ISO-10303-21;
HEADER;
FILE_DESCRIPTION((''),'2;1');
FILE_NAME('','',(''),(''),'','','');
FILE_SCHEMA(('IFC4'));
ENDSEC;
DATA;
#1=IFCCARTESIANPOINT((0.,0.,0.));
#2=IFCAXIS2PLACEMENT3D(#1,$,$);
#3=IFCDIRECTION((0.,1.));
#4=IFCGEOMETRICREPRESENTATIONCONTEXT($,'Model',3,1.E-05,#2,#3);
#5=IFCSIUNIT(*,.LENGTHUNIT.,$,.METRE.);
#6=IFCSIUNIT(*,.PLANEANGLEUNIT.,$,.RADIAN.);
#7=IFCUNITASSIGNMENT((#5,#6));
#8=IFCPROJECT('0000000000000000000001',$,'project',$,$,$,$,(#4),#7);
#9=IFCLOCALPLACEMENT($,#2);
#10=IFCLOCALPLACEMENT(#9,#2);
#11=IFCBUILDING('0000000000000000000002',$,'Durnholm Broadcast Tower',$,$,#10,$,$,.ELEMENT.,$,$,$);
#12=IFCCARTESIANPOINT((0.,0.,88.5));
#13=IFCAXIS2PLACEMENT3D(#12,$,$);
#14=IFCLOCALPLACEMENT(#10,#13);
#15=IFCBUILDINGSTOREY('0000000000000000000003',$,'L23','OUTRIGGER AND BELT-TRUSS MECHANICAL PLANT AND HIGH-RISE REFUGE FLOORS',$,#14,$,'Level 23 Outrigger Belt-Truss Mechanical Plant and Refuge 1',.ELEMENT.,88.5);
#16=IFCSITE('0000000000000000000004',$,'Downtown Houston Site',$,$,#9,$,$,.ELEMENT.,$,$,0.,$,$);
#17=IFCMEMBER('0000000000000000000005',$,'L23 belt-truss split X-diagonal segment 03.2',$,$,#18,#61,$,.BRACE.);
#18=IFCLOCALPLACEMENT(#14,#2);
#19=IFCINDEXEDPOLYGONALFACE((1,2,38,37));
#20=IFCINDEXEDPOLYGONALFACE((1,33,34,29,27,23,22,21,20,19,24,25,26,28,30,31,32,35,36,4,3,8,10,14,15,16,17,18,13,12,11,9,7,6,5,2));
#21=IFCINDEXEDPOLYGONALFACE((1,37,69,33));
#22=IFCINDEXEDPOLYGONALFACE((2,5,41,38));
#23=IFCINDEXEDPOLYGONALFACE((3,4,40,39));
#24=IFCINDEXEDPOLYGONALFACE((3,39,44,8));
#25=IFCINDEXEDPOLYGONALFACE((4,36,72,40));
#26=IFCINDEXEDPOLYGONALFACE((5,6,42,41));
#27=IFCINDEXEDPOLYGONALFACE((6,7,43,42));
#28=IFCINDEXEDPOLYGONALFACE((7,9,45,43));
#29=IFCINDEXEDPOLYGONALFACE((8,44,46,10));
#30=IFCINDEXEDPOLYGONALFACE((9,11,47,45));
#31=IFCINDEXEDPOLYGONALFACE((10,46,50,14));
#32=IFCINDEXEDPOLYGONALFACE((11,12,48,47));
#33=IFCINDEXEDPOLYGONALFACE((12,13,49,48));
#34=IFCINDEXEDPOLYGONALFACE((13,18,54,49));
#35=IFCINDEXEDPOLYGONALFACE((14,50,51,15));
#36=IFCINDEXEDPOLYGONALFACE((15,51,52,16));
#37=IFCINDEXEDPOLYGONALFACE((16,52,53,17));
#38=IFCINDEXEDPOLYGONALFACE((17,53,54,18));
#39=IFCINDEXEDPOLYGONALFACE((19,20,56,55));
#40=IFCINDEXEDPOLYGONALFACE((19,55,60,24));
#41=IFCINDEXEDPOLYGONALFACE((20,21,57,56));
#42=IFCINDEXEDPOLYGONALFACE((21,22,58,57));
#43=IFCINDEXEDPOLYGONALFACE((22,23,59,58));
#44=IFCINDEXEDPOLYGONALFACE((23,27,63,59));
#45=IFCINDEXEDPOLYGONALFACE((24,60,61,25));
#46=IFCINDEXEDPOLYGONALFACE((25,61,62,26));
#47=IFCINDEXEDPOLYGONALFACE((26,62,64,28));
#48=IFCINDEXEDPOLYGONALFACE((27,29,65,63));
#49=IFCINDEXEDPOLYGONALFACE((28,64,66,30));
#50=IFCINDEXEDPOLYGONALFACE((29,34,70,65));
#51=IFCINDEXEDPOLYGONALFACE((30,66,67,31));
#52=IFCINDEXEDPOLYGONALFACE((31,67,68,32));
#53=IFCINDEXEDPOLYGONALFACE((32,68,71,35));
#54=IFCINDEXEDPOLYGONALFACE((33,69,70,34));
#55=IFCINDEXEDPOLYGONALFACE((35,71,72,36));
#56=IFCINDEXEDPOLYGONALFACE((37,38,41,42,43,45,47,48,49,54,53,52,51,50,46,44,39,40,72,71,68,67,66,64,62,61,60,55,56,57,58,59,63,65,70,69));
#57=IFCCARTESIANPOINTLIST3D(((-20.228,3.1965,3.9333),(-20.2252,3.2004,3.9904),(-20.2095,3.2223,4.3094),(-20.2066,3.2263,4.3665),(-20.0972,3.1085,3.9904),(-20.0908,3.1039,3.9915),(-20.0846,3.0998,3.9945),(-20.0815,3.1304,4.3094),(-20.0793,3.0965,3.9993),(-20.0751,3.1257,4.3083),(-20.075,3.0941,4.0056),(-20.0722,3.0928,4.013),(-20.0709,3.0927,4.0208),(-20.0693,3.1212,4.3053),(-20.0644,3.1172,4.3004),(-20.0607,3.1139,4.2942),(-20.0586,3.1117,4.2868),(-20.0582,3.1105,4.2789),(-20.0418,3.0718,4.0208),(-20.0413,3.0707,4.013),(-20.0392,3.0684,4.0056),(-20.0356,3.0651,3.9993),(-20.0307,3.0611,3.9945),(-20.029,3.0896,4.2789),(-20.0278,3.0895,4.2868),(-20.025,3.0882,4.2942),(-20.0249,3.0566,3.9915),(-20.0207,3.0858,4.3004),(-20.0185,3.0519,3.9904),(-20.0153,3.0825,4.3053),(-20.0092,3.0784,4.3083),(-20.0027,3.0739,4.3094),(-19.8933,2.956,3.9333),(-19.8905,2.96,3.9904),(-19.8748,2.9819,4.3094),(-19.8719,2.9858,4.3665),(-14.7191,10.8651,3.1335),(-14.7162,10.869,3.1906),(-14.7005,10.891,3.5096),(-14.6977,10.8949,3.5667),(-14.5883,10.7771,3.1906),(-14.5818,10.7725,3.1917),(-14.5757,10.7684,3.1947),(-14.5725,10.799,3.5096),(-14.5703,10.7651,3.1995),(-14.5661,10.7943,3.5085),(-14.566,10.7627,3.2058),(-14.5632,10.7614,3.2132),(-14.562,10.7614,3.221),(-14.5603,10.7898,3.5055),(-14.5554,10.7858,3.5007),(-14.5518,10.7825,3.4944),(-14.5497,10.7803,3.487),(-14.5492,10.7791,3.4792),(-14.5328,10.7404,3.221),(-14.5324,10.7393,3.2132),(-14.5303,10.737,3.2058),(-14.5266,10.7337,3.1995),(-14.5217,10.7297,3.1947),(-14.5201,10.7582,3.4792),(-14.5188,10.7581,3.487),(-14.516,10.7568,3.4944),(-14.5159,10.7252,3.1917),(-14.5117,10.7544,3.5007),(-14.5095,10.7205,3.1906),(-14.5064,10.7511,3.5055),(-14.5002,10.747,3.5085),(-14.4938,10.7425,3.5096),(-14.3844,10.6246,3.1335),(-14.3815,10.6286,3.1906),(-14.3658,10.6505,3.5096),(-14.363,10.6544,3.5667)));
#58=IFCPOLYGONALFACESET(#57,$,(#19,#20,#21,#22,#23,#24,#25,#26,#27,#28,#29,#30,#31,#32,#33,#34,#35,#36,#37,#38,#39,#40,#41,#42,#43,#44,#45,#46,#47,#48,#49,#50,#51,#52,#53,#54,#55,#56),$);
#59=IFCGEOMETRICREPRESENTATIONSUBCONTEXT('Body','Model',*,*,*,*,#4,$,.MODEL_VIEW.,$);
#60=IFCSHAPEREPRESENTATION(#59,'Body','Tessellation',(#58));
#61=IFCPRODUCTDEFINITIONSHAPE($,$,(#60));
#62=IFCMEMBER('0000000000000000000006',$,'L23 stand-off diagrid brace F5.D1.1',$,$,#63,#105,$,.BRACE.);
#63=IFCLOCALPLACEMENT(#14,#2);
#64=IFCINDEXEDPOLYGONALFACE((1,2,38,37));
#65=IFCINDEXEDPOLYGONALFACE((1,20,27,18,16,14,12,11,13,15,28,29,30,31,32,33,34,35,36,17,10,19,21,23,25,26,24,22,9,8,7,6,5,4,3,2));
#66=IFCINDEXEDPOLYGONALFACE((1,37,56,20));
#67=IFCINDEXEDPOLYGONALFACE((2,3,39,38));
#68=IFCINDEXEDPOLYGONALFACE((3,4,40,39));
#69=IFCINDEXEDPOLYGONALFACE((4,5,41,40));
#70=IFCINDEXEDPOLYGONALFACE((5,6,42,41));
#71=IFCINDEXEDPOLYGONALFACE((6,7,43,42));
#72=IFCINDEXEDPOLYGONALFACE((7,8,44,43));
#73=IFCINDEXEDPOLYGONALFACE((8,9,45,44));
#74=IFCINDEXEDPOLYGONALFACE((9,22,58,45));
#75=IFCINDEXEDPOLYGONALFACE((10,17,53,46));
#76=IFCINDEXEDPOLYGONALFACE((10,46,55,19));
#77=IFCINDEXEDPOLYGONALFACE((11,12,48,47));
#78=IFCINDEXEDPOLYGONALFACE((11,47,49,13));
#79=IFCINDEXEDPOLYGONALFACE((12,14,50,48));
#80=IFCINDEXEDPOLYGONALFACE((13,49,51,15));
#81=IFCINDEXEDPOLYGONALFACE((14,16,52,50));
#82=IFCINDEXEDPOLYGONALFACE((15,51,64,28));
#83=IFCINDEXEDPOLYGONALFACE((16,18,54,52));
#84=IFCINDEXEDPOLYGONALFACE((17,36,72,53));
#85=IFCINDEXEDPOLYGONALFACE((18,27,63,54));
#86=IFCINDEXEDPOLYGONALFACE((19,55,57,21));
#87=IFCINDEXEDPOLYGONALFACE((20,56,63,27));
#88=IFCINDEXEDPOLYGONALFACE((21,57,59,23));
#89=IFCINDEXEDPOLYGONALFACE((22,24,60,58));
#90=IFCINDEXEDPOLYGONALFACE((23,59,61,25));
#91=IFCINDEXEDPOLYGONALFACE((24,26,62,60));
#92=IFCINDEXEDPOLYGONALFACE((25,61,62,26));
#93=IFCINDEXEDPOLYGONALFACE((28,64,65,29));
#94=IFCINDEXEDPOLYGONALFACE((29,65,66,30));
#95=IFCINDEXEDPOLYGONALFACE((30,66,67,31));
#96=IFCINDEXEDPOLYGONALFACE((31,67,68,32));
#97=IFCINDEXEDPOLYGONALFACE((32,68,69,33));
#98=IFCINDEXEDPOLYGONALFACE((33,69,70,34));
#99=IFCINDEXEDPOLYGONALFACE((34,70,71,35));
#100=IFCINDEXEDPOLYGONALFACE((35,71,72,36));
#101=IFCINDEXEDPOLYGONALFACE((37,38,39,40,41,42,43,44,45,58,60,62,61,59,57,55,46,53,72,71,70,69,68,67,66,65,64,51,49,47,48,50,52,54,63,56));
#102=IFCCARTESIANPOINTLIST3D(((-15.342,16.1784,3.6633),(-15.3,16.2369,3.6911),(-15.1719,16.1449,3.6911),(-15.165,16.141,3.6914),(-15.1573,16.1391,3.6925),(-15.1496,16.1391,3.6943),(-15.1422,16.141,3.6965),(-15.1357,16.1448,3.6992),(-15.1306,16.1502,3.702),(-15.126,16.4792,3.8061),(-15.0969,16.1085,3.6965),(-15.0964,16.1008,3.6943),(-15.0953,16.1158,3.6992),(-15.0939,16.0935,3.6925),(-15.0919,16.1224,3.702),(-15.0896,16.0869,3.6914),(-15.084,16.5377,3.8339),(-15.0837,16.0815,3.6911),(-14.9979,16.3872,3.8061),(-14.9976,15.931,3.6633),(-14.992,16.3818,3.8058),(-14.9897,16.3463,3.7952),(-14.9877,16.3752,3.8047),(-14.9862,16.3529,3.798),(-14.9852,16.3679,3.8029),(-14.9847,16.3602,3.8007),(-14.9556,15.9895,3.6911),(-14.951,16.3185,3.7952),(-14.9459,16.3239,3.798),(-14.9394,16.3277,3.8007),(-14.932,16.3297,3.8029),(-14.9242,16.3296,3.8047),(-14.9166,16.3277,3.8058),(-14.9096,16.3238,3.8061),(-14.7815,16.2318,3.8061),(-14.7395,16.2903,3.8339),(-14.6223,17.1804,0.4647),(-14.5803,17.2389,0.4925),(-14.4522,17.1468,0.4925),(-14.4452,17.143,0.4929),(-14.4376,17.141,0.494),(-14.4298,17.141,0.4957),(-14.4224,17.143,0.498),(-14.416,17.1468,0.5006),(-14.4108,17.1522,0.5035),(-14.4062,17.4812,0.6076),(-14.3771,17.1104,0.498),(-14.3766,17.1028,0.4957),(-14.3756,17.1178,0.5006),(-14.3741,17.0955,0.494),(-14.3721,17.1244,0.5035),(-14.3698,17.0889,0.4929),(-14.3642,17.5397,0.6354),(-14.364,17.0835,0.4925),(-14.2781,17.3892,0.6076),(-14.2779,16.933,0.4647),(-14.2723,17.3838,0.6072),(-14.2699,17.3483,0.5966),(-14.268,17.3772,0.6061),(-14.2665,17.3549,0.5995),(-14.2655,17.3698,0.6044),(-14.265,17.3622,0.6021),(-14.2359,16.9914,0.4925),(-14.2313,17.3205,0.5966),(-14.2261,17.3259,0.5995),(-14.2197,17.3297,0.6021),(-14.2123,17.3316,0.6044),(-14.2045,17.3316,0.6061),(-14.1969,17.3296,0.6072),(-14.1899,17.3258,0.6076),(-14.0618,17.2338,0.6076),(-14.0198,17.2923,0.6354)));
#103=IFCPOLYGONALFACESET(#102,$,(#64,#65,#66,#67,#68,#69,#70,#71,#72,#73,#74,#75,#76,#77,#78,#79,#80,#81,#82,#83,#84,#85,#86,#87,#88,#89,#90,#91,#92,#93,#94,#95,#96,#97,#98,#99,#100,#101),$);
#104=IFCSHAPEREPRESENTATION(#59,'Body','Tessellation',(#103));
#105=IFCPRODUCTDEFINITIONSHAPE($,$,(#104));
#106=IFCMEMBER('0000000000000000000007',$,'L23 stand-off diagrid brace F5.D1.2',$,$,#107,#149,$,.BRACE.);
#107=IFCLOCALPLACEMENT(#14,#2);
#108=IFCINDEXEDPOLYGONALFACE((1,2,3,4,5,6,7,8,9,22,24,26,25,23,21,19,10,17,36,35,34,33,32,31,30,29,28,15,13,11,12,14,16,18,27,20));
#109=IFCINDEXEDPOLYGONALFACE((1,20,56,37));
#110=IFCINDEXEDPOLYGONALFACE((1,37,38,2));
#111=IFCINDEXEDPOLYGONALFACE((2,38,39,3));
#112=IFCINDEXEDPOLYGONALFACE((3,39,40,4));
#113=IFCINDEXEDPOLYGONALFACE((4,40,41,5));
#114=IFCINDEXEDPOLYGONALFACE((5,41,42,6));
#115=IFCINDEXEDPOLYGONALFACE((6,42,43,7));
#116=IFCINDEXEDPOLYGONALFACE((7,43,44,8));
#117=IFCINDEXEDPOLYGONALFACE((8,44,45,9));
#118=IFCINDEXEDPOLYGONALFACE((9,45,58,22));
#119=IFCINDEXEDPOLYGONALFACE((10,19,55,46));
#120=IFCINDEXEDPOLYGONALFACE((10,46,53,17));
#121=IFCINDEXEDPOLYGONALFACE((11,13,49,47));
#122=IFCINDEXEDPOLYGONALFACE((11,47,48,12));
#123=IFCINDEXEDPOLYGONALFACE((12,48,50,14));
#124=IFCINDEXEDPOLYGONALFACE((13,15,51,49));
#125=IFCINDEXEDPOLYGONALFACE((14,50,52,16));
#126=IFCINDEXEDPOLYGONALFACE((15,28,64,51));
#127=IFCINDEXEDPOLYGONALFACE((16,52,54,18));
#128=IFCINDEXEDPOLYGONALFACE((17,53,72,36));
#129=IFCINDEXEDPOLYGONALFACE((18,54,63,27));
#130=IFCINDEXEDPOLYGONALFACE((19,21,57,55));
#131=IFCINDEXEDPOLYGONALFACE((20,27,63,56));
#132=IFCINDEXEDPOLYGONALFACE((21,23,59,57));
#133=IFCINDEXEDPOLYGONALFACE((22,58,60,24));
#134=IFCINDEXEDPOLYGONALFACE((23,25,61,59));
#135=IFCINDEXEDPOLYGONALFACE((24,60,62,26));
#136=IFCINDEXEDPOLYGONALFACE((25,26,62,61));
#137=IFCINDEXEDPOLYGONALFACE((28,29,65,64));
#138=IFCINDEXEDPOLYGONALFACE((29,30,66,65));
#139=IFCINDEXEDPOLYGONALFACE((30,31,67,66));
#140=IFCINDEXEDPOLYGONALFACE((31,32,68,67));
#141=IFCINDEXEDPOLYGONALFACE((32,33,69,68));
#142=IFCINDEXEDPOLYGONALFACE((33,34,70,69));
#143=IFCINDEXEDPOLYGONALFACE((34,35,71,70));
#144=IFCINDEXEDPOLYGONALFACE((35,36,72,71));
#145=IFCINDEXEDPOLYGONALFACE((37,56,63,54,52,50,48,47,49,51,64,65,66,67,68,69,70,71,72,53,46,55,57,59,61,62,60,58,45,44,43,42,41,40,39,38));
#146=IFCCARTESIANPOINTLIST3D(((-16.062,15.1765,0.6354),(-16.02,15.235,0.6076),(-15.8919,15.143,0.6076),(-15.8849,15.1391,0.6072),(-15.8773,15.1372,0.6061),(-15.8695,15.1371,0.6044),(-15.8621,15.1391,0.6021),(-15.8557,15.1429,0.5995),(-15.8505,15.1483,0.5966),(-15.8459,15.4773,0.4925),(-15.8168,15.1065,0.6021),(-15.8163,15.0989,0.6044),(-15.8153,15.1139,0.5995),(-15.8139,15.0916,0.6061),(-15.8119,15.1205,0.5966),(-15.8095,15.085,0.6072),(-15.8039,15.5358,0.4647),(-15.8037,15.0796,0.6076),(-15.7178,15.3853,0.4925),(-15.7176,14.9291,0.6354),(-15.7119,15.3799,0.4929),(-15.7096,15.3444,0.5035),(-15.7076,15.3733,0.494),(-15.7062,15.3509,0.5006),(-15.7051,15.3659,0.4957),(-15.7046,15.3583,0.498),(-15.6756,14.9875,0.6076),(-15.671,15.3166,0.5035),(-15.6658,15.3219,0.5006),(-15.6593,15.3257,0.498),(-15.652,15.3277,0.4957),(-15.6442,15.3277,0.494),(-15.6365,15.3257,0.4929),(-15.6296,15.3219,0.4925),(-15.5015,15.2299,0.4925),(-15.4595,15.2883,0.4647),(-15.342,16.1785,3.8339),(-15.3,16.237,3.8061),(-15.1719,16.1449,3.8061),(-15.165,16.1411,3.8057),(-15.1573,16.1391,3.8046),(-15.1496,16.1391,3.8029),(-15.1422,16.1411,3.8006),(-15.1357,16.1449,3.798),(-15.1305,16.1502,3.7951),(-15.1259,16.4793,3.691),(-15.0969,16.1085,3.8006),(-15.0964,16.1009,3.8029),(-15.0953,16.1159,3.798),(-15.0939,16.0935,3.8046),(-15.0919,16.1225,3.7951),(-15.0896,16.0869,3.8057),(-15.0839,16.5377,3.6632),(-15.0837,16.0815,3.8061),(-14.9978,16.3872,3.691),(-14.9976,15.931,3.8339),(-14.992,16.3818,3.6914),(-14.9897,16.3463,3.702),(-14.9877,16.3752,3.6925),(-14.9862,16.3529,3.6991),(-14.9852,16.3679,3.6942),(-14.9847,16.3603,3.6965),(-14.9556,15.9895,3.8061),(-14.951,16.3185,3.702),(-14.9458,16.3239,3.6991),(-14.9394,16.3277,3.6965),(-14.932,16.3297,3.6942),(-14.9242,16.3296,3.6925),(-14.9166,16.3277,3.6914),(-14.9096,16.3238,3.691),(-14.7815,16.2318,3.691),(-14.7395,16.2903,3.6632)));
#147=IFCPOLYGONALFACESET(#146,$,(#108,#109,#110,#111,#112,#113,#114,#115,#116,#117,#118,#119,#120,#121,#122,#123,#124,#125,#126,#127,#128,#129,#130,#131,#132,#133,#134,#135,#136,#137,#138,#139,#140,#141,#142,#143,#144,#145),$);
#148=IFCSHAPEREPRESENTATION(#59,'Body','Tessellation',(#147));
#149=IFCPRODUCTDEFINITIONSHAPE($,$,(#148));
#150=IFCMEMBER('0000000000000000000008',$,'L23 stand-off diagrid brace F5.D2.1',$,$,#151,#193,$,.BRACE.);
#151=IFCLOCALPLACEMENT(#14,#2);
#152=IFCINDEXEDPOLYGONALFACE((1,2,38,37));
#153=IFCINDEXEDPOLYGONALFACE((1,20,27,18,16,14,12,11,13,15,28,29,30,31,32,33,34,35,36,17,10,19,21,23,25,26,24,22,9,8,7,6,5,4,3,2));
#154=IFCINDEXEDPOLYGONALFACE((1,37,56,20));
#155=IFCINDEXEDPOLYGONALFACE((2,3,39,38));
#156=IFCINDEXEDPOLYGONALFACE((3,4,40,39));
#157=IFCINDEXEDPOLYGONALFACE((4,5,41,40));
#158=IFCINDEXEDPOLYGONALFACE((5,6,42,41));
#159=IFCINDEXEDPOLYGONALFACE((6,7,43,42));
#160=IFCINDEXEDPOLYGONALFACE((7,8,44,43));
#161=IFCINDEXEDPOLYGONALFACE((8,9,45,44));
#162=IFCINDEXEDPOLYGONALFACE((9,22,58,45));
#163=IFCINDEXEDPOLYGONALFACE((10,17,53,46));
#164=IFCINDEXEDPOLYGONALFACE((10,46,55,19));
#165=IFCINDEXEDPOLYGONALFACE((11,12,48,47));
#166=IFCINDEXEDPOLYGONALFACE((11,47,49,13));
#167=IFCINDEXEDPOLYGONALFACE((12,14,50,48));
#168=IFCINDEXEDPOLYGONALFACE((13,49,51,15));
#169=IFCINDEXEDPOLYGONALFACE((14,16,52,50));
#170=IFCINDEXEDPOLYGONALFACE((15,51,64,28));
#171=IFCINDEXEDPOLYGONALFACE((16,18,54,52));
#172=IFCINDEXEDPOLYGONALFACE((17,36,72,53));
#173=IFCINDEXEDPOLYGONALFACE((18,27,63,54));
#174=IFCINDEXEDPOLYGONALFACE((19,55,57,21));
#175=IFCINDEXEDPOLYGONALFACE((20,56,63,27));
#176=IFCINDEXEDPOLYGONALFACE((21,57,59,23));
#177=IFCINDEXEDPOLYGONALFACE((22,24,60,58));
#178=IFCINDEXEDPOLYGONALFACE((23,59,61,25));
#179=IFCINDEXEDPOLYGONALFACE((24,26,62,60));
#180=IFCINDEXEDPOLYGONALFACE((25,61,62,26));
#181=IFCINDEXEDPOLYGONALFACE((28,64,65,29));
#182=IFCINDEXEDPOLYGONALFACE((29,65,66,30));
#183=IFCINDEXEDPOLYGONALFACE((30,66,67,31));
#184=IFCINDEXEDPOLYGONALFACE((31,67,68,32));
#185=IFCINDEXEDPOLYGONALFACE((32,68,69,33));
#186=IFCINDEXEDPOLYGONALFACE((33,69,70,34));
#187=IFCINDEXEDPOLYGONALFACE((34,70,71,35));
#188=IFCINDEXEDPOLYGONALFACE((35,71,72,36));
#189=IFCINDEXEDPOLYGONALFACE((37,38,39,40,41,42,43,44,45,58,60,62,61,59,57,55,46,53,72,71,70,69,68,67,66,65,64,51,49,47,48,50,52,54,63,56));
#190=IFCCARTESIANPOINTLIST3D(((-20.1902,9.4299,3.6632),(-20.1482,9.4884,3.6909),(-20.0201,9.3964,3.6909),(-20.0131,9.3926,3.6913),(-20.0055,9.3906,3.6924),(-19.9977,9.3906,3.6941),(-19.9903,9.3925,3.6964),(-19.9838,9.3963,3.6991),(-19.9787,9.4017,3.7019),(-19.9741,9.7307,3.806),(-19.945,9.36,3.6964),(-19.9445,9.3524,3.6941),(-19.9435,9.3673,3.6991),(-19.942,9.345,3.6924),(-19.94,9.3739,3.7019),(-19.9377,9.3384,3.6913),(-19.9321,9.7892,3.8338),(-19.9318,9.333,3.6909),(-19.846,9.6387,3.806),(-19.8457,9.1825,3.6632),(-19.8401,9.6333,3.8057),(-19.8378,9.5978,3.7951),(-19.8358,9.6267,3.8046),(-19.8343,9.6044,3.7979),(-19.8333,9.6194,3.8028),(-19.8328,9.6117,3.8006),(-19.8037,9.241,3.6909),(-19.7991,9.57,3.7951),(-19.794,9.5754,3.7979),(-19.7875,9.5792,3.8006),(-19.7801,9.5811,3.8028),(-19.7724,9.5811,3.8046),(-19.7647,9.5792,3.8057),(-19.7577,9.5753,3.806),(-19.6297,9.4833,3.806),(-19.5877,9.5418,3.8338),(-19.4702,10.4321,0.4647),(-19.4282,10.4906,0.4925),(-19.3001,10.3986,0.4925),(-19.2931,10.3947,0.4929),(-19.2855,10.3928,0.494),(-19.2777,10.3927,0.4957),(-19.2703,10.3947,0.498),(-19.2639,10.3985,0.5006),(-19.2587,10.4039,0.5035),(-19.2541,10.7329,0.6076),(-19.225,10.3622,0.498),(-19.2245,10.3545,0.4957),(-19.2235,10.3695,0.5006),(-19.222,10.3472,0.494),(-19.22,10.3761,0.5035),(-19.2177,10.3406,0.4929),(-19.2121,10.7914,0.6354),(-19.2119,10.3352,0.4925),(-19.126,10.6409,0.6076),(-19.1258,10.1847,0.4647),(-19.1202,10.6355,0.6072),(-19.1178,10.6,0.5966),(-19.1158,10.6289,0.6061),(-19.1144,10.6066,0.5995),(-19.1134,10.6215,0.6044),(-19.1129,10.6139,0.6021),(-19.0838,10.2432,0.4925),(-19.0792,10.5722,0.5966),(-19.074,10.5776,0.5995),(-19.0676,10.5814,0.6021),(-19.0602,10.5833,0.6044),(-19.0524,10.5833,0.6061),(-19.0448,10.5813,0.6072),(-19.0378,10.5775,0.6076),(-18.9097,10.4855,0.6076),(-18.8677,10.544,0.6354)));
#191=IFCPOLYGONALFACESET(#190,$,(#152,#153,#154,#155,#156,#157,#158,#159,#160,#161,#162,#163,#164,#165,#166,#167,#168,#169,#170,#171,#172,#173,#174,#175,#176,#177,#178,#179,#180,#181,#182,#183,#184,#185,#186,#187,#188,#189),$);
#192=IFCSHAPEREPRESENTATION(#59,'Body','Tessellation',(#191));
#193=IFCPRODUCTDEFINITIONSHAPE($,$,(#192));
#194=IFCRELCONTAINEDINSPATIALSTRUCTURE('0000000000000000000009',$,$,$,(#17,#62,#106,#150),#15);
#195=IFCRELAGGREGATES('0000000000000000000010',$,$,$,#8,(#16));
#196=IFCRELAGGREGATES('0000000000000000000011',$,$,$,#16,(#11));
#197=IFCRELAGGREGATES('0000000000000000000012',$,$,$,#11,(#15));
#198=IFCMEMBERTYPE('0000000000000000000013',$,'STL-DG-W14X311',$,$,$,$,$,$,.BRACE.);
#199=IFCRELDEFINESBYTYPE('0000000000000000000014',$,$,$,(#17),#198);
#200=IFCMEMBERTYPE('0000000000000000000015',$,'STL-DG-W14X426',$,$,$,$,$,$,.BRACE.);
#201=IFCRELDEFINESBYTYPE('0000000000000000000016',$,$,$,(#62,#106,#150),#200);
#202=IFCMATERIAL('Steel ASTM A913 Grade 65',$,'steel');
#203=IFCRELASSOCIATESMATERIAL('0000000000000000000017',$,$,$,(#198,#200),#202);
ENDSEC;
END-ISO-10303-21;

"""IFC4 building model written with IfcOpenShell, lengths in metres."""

from ifc_helpers import new_model, si_unit, direction, frame, origin, origin_2d, place, context, subcontext, project, spatial, i_section, extrude, source, transform, mapped, material, material_profile, profile_set, type_object, type_shapes, element, save


model = new_model("IFC4")

# Units and contexts
model_context = context("Model", 3, precision=1e-05, world=origin(), true_north=direction((0.0, 1.0)))
body_context = subcontext(model_context, "Body", "Model", "MODEL_VIEW")
ifc_project = project(units=[si_unit("LENGTHUNIT", "METRE"), si_unit("PLANEANGLEUNIT", "RADIAN")], contexts=[model_context])

# Site, building, storey
site_placement = place(None, origin())
site = spatial("IfcSite", under=ifc_project, at=site_placement, Name="Downtown Houston Site", CompositionType="ELEMENT", RefElevation=0.0)
building_placement = place(site_placement, origin())
building = spatial("IfcBuilding", under=site, at=building_placement, Name="Durnholm Broadcast Tower", CompositionType="ELEMENT")
storey_placement = place(building_placement, frame((0.0, 0.0, 88.5)))
storey = spatial("IfcBuildingStorey", under=building, at=storey_placement, Name="L23", Description="OUTRIGGER AND BELT-TRUSS MECHANICAL PLANT AND HIGH-RISE REFUGE FLOORS", LongName="Level 23 Outrigger Belt-Truss Mechanical Plant and Refuge 1", CompositionType="ELEMENT", Elevation=88.5)

# Members
ifc_material_1 = material(Name="Steel ASTM A913 Grade 65", Category="steel")
ifc_material_profile_1 = material_profile(ifc_material_1, i_section(OverallWidth=0.4121, OverallDepth=0.4348, WebThickness=0.0359, FlangeThickness=0.0574, FilletRadius=0.0305, at=origin_2d()), Name="W14X311")
ifc_profile_set_1 = profile_set([ifc_material_profile_1], Name="Steel ASTM A913 Grade 65")
member_type_1 = type_object("IfcMemberType", Name="STL-DG-W14X311", PredefinedType="BRACE", material=ifc_profile_set_1)
shared_shape_1 = source(origin(), body_context, "Body", "SweptSolid", [
    extrude(i_section(OverallWidth=0.4121, OverallDepth=0.4348, WebThickness=0.0359, FlangeThickness=0.0574, FilletRadius=0.0305, at=origin_2d()), origin(), (0.0, 0.0, 1.0), 9.4761),
])
type_shapes(member_type_1, [shared_shape_1])
member_placement = place(storey_placement, frame((-14.541, 10.7598, 3.3501), z_axis=(-0.581356, -0.80926, 0.084402), x_axis=(0.812158, -0.583437, 0.0)))
element("IfcMember", 1, at=member_placement, inside=storey, type_object=member_type_1, Name="L23 belt-truss split X-diagonal segment 03.2", PredefinedType="BRACE", context=body_context, shape_type="MappedRepresentation", body=[
    mapped(shared_shape_1, transform((0.0, 0.0, 0.0), x_axis=(1.0, 0.0, 0.0), y_axis=(0.0, 1.0, 0.0), z_axis=(0.0, 0.0, 1.0), scale=1.0)),
])
ifc_material_profile_2 = material_profile(ifc_material_1, i_section(OverallWidth=0.4241, OverallDepth=0.4741, WebThickness=0.0476, FlangeThickness=0.0771, FilletRadius=0.0305, at=origin_2d()), Name="W14X426")
ifc_profile_set_2 = profile_set([ifc_material_profile_2], Name="Steel ASTM A913 Grade 65")
member_type_2 = type_object("IfcMemberType", Name="STL-DG-W14X426", PredefinedType="BRACE", material=ifc_profile_set_2)
shared_shape_2 = source(origin(), body_context, "Body", "SweptSolid", [
    extrude(i_section(OverallWidth=0.4241, OverallDepth=0.4741, WebThickness=0.0476, FlangeThickness=0.0771, FilletRadius=0.0305, at=origin_2d()), origin(), (0.0, 0.0, 1.0), 3.4282),
])
type_shapes(member_type_2, [shared_shape_2])
for number, where, z_axis, x_axis, name in (
    (2, (-14.321, 17.2363, 0.55), (-0.209946, -0.292272, 0.933006), (0.812179, -0.583408, 0.0), "L23 stand-off diagrid brace F5.D1.1"),
    (3, (-15.7607, 15.2324, 0.55), (0.210014, 0.292268, 0.932992), (-0.812086, 0.583538, 0.0), "L23 stand-off diagrid brace F5.D1.2"),
    (4, (-19.1689, 10.488, 0.55), (-0.21001, -0.292333, 0.932972), (0.812153, -0.583444, 0.0), "L23 stand-off diagrid brace F5.D2.1"),
):
    element("IfcMember", number, at=place(storey_placement, frame(where, z_axis=z_axis, x_axis=x_axis)), inside=storey, type_object=member_type_2, Name=name, PredefinedType="BRACE", context=body_context, shape_type="MappedRepresentation", body=[
        mapped(shared_shape_2, transform((0.0, 0.0, 0.0), x_axis=(1.0, 0.0, 0.0), y_axis=(0.0, 1.0, 0.0), z_axis=(0.0, 0.0, 1.0), scale=1.0)),
    ])

save(model, "model.ifc")
